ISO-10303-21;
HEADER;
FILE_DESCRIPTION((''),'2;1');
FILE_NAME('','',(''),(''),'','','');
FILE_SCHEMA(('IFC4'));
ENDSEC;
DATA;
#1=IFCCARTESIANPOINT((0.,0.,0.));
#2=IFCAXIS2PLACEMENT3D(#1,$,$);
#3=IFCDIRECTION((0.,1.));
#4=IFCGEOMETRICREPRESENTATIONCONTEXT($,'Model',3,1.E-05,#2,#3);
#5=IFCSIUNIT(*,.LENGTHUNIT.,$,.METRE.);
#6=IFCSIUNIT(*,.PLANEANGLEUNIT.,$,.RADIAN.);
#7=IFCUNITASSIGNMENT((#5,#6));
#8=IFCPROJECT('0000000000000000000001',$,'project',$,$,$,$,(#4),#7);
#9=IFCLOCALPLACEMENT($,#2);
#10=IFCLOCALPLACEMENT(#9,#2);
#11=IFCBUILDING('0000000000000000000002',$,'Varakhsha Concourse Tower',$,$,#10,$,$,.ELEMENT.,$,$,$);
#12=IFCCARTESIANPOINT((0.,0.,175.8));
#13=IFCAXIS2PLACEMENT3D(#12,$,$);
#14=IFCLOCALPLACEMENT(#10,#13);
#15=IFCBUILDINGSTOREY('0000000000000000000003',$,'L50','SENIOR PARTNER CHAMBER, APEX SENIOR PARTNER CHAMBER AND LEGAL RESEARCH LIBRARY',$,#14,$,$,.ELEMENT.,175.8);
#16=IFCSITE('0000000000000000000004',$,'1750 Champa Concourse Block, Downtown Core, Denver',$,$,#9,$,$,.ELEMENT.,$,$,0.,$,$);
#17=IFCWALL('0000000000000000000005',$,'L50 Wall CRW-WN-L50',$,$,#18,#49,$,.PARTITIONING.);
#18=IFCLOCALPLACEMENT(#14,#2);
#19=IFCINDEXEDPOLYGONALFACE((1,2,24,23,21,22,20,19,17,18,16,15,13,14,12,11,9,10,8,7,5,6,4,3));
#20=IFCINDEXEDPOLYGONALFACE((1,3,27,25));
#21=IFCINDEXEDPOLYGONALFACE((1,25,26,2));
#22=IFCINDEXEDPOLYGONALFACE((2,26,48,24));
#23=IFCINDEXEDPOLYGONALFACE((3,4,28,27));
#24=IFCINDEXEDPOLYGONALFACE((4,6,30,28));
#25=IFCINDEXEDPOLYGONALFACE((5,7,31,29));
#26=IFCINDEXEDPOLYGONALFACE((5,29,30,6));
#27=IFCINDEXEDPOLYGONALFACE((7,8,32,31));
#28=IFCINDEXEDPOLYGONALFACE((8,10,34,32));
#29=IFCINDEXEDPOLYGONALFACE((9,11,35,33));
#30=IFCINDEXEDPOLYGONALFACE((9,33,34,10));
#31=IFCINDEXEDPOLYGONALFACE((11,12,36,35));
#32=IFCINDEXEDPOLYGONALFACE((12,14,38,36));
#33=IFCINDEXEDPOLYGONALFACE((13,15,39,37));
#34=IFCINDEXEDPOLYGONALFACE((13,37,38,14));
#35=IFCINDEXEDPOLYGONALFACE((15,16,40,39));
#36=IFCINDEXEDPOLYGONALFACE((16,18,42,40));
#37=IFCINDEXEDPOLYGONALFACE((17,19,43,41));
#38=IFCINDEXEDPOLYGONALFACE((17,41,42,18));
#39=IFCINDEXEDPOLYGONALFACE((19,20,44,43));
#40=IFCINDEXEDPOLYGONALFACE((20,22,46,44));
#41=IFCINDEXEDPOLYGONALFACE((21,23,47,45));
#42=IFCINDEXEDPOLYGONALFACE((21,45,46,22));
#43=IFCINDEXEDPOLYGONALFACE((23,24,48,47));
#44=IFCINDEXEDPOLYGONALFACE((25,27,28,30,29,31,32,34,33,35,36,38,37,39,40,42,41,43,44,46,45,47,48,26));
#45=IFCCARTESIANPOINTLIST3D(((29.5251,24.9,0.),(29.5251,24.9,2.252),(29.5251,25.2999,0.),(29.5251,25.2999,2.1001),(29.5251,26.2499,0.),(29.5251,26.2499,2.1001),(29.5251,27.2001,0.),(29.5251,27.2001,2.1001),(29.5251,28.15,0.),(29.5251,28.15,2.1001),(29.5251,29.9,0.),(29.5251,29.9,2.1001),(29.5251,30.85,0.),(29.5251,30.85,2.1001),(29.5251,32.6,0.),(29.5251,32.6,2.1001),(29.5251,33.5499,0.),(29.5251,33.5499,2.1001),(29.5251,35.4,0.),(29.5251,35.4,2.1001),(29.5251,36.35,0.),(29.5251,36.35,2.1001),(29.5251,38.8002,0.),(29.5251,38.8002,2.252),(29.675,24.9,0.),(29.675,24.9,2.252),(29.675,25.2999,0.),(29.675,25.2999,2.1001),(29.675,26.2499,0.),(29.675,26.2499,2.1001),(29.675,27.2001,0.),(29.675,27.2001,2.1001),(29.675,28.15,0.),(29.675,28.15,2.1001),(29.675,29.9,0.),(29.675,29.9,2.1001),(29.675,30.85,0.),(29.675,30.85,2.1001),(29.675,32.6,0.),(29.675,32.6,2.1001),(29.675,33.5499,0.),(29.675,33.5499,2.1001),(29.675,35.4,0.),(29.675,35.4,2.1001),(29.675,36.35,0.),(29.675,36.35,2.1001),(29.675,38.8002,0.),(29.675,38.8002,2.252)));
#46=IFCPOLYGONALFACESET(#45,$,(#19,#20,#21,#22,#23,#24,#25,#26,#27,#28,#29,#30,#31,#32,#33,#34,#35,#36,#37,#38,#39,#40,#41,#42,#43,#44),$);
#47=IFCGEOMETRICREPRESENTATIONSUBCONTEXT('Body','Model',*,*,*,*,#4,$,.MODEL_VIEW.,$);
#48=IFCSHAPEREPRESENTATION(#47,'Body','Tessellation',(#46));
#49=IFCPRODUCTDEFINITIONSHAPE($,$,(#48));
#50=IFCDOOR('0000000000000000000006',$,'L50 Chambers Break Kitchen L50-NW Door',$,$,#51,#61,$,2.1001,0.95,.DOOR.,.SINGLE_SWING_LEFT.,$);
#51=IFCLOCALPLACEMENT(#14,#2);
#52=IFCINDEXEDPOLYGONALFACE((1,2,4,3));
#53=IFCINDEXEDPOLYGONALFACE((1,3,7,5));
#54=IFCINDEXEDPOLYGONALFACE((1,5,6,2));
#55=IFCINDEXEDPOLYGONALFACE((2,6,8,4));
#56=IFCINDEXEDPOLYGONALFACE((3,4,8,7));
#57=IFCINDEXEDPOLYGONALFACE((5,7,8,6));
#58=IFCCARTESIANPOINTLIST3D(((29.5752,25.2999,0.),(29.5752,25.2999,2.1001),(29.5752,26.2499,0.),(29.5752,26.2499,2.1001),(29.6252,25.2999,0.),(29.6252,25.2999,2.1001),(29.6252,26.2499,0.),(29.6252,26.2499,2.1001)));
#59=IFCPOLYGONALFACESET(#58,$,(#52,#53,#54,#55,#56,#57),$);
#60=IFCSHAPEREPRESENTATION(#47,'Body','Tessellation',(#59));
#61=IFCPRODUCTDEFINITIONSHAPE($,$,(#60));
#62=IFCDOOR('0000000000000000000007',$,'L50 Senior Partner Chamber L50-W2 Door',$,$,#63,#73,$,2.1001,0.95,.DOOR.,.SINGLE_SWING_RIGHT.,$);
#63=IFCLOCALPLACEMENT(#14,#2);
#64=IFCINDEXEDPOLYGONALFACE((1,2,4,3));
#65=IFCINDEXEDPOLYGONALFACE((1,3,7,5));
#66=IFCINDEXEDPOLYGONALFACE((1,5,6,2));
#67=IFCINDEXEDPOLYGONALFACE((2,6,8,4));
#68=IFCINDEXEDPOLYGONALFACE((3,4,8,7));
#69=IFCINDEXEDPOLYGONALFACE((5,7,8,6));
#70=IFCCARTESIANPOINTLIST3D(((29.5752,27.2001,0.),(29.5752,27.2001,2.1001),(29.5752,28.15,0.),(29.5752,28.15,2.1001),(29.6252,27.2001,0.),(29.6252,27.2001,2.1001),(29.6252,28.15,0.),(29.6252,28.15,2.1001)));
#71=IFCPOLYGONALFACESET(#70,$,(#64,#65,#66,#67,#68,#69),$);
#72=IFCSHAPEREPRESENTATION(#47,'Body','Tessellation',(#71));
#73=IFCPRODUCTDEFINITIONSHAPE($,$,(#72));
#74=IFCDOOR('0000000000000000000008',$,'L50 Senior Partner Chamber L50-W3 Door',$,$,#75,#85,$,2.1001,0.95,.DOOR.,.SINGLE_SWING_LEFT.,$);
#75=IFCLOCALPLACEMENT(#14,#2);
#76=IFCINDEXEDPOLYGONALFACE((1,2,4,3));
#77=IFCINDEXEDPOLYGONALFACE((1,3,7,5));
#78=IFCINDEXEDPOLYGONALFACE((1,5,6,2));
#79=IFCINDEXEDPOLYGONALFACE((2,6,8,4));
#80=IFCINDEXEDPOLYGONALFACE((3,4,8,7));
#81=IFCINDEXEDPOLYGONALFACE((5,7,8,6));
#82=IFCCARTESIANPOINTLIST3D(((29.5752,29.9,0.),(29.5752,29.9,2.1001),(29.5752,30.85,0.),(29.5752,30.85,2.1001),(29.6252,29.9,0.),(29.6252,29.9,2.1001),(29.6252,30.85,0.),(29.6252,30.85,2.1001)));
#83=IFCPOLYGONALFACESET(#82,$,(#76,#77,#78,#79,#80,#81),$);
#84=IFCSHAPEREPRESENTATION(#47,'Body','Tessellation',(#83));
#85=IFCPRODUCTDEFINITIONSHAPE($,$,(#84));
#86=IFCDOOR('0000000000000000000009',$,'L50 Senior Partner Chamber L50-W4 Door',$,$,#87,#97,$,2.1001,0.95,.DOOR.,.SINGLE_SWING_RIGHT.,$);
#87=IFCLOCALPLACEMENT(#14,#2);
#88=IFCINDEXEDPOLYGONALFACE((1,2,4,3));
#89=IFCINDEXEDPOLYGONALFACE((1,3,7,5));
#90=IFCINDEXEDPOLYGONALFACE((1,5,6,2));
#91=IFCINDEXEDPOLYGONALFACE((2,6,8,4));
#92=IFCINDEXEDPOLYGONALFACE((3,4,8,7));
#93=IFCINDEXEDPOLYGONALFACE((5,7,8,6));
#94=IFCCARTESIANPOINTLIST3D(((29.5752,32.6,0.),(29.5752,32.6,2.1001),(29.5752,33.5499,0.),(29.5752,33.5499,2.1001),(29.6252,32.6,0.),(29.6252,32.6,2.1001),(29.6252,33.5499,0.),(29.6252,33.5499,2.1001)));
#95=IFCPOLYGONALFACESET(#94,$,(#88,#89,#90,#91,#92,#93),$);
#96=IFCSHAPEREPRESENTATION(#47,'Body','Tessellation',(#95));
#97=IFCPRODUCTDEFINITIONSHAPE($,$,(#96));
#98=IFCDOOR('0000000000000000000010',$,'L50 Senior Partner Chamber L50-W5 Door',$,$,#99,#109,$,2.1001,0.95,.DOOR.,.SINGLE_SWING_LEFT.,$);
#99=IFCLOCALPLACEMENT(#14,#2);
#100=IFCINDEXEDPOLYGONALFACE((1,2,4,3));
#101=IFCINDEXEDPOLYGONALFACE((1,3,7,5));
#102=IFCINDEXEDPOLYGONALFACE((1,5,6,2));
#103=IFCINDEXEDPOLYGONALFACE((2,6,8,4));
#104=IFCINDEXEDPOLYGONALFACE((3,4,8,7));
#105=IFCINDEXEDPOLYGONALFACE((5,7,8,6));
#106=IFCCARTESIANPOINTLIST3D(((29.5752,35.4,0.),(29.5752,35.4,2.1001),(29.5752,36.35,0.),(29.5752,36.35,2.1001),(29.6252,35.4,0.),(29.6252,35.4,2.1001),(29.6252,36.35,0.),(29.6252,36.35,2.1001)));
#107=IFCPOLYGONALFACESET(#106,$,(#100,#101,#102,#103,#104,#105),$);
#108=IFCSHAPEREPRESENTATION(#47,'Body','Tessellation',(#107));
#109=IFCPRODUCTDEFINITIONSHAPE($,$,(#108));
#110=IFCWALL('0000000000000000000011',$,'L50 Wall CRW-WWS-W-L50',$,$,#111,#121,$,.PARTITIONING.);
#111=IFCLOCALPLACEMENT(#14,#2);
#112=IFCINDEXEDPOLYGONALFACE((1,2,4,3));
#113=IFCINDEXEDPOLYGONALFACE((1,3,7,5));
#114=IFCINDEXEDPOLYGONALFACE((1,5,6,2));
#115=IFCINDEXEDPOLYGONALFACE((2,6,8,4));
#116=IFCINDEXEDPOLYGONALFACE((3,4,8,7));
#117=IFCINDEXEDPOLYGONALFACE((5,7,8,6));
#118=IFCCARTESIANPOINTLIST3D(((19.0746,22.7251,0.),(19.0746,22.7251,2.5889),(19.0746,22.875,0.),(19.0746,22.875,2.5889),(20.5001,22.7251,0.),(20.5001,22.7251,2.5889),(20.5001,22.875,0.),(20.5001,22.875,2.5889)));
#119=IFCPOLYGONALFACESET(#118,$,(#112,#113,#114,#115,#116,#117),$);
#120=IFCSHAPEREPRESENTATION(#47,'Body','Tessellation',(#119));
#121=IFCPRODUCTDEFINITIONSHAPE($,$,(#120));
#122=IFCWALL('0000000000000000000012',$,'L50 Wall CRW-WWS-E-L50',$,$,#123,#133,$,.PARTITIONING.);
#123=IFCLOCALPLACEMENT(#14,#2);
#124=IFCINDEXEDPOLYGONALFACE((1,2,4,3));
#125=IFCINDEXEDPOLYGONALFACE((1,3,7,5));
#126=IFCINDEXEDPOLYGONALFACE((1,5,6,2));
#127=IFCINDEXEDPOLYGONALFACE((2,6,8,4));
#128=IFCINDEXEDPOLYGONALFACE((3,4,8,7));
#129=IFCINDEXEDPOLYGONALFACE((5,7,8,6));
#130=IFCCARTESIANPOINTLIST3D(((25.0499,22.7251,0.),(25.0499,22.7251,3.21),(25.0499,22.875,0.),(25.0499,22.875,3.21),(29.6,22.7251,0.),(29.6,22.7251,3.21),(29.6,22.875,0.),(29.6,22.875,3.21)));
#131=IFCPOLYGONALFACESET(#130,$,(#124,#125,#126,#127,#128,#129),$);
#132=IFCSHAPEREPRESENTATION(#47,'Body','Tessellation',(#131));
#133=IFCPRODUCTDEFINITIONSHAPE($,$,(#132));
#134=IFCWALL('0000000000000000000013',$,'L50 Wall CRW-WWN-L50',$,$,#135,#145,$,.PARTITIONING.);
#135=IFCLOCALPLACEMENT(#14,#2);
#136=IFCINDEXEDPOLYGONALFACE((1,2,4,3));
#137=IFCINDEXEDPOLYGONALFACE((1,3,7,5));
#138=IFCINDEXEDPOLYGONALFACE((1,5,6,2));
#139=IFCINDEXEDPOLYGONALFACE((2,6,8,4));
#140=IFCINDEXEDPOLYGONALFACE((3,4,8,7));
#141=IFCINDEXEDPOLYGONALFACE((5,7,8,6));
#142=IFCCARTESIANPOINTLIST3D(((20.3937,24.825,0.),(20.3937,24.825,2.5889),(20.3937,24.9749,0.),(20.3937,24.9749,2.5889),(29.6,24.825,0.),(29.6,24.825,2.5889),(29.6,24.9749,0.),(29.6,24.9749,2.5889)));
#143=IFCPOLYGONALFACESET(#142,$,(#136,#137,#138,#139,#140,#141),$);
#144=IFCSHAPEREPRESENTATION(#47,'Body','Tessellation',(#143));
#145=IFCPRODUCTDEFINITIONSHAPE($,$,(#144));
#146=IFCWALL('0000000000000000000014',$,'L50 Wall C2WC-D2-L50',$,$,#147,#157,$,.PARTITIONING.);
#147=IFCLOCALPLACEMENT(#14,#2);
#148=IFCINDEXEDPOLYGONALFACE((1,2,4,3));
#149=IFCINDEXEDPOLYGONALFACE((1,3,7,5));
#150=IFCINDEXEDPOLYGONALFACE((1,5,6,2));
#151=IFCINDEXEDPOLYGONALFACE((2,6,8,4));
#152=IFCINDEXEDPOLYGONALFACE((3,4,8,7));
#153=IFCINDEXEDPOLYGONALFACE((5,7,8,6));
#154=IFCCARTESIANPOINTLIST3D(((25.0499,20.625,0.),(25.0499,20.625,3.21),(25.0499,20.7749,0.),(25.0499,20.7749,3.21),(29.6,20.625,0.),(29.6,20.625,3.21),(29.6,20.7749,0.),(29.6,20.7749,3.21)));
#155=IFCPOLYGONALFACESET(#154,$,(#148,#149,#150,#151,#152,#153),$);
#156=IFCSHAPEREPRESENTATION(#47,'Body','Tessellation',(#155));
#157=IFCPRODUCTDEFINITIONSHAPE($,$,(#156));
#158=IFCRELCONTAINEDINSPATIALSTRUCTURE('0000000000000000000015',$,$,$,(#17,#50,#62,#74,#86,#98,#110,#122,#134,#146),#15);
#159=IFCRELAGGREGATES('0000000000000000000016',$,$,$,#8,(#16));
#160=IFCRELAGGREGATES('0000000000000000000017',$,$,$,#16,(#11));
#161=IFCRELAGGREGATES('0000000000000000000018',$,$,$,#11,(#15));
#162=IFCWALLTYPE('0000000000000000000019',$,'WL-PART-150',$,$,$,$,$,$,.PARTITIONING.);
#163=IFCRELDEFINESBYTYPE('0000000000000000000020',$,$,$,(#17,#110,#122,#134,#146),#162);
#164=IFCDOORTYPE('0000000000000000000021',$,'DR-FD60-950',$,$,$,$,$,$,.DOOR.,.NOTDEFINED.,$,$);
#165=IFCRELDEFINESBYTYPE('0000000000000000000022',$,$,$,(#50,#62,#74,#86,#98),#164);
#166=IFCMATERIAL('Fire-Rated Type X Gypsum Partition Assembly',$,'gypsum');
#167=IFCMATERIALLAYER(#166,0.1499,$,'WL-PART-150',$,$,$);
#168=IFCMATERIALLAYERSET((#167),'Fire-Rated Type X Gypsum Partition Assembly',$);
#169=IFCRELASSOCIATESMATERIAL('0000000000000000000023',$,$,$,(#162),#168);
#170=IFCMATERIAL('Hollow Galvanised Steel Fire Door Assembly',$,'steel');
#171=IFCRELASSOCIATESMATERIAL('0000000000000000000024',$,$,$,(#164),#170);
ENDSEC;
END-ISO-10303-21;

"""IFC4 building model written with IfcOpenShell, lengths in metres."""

from ifc_helpers import new_model, si_unit, direction, frame, frame_2d, origin, place, context, subcontext, project, spatial, rectangle, extrude, material, layer, layer_set, type_object, element, fill, save


model = new_model("IFC4")

# Units and contexts
model_context = context("Model", 3, precision=1e-05, world=origin(), true_north=direction((0.0, 1.0)))
body_context = subcontext(model_context, "Body", "Model", "MODEL_VIEW")
ifc_project = project(units=[si_unit("LENGTHUNIT", "METRE"), si_unit("PLANEANGLEUNIT", "RADIAN")], contexts=[model_context])

# Site, building, storey
site_placement = place(None, origin())
site = spatial("IfcSite", under=ifc_project, at=site_placement, Name="1750 Champa Concourse Block, Downtown Core, Denver", CompositionType="ELEMENT", RefElevation=0.0)
building_placement = place(site_placement, origin())
building = spatial("IfcBuilding", under=site, at=building_placement, Name="Varakhsha Concourse Tower", CompositionType="ELEMENT")
storey_placement = place(building_placement, frame((0.0, 0.0, 175.8)))
storey = spatial("IfcBuildingStorey", under=building, at=storey_placement, Name="L50", Description="SENIOR PARTNER CHAMBER, APEX SENIOR PARTNER CHAMBER AND LEGAL RESEARCH LIBRARY", CompositionType="ELEMENT", Elevation=175.8)

# Wall, openings, doors
ifc_material_1 = material(Name="Fire-Rated Type X Gypsum Partition Assembly", Category="gypsum")
ifc_layer_1 = layer(ifc_material_1, 0.1499, Name="WL-PART-150")
ifc_layer_set_1 = layer_set([ifc_layer_1], Name="Fire-Rated Type X Gypsum Partition Assembly")
wall_type_1 = type_object("IfcWallType", Name="WL-PART-150", PredefinedType="PARTITIONING", material=ifc_layer_set_1)
wall_1_placement = place(storey_placement, frame((29.6001, 24.8999, 0.0), z_axis=(0.0, 0.0, 1.0), x_axis=(0.0, 1.0, 0.0)))
wall_1 = element("IfcWall", 1, at=wall_1_placement, inside=storey, type_object=wall_type_1, Name="L50 Wall CRW-WN-L50", PredefinedType="PARTITIONING", context=body_context, shape_type="SweptSolid", body=[
    extrude(rectangle(XDim=13.9001, YDim=0.1499, at=frame_2d((6.9502, 0.0))), origin(), (0.0, 0.0, 1.0), 2.252),
])
opening_1_placement = place(wall_1_placement, frame((0.3999, 0.0, 0.0)))
opening_1 = element("IfcOpeningElement", 2, at=opening_1_placement, cuts=wall_1, PredefinedType="OPENING", context=body_context, shape_type="SweptSolid", body=[
    extrude(rectangle(XDim=0.95, YDim=2.1001, at=frame_2d((0.4751, 1.05))), frame((0.0, 0.085, 0.0), z_axis=(0.0, -1.0, 0.0), x_axis=(1.0, 0.0, 0.0)), (0.0, 0.0, 1.0), 0.1699),
])
opening_2_placement = place(wall_1_placement, frame((2.3, 0.0, 0.0)))
opening_2 = element("IfcOpeningElement", 3, at=opening_2_placement, cuts=wall_1, PredefinedType="OPENING", context=body_context, shape_type="SweptSolid", body=[
    extrude(rectangle(XDim=0.95, YDim=2.1001, at=frame_2d((0.4751, 1.05))), frame((0.0, 0.085, 0.0), z_axis=(0.0, -1.0, 0.0), x_axis=(1.0, 0.0, 0.0)), (0.0, 0.0, 1.0), 0.1699),
])
opening_3_placement = place(wall_1_placement, frame((5.0, 0.0, 0.0)))
opening_3 = element("IfcOpeningElement", 4, at=opening_3_placement, cuts=wall_1, PredefinedType="OPENING", context=body_context, shape_type="SweptSolid", body=[
    extrude(rectangle(XDim=0.95, YDim=2.1001, at=frame_2d((0.4751, 1.05))), frame((0.0, 0.085, 0.0), z_axis=(0.0, -1.0, 0.0), x_axis=(1.0, 0.0, 0.0)), (0.0, 0.0, 1.0), 0.1699),
])
opening_4_placement = place(wall_1_placement, frame((7.7, 0.0, 0.0)))
opening_4 = element("IfcOpeningElement", 5, at=opening_4_placement, cuts=wall_1, PredefinedType="OPENING", context=body_context, shape_type="SweptSolid", body=[
    extrude(rectangle(XDim=0.95, YDim=2.1001, at=frame_2d((0.4751, 1.05))), frame((0.0, 0.085, 0.0), z_axis=(0.0, -1.0, 0.0), x_axis=(1.0, 0.0, 0.0)), (0.0, 0.0, 1.0), 0.1699),
])
opening_5_placement = place(wall_1_placement, frame((10.5, 0.0, 0.0)))
opening_5 = element("IfcOpeningElement", 6, at=opening_5_placement, cuts=wall_1, PredefinedType="OPENING", context=body_context, shape_type="SweptSolid", body=[
    extrude(rectangle(XDim=0.95, YDim=2.1001, at=frame_2d((0.4751, 1.05))), frame((0.0, 0.085, 0.0), z_axis=(0.0, -1.0, 0.0), x_axis=(1.0, 0.0, 0.0)), (0.0, 0.0, 1.0), 0.1699),
])
ifc_material_2 = material(Name="Hollow Galvanised Steel Fire Door Assembly", Category="steel")
door_type = type_object("IfcDoorType", Name="DR-FD60-950", OperationType="NOTDEFINED", PredefinedType="DOOR", material=ifc_material_2)
door_1_placement = place(opening_1_placement, origin())
door_1 = element("IfcDoor", 7, at=door_1_placement, inside=storey, type_object=door_type, Name="L50 Chambers Break Kitchen L50-NW Door", OperationType="SINGLE_SWING_LEFT", OverallHeight=2.1001, OverallWidth=0.95, PredefinedType="DOOR", context=body_context, shape_type="SweptSolid", body=[
    extrude(rectangle(XDim=0.95, YDim=2.1001, at=frame_2d((0.4751, 1.05))), frame((0.0, 0.0249, 0.0), z_axis=(0.0, -1.0, 0.0), x_axis=(1.0, 0.0, 0.0)), (0.0, 0.0, 1.0), 0.05),
])
fill(opening_1, door_1)
door_2_placement = place(opening_2_placement, origin())
door_2 = element("IfcDoor", 8, at=door_2_placement, inside=storey, type_object=door_type, Name="L50 Senior Partner Chamber L50-W2 Door", OperationType="SINGLE_SWING_RIGHT", OverallHeight=2.1001, OverallWidth=0.95, PredefinedType="DOOR", context=body_context, shape_type="SweptSolid", body=[
    extrude(rectangle(XDim=0.95, YDim=2.1001, at=frame_2d((0.4751, 1.05))), frame((0.0, 0.0249, 0.0), z_axis=(0.0, -1.0, 0.0), x_axis=(1.0, 0.0, 0.0)), (0.0, 0.0, 1.0), 0.05),
])
fill(opening_2, door_2)
door_3_placement = place(opening_3_placement, origin())
door_3 = element("IfcDoor", 9, at=door_3_placement, inside=storey, type_object=door_type, Name="L50 Senior Partner Chamber L50-W3 Door", OperationType="SINGLE_SWING_LEFT", OverallHeight=2.1001, OverallWidth=0.95, PredefinedType="DOOR", context=body_context, shape_type="SweptSolid", body=[
    extrude(rectangle(XDim=0.95, YDim=2.1001, at=frame_2d((0.4751, 1.05))), frame((0.0, 0.0249, 0.0), z_axis=(0.0, -1.0, 0.0), x_axis=(1.0, 0.0, 0.0)), (0.0, 0.0, 1.0), 0.05),
])
fill(opening_3, door_3)
door_4_placement = place(opening_4_placement, origin())
door_4 = element("IfcDoor", 10, at=door_4_placement, inside=storey, type_object=door_type, Name="L50 Senior Partner Chamber L50-W4 Door", OperationType="SINGLE_SWING_RIGHT", OverallHeight=2.1001, OverallWidth=0.95, PredefinedType="DOOR", context=body_context, shape_type="SweptSolid", body=[
    extrude(rectangle(XDim=0.95, YDim=2.1001, at=frame_2d((0.4751, 1.05))), frame((0.0, 0.0249, 0.0), z_axis=(0.0, -1.0, 0.0), x_axis=(1.0, 0.0, 0.0)), (0.0, 0.0, 1.0), 0.05),
])
fill(opening_4, door_4)
door_5_placement = place(opening_5_placement, origin())
door_5 = element("IfcDoor", 11, at=door_5_placement, inside=storey, type_object=door_type, Name="L50 Senior Partner Chamber L50-W5 Door", OperationType="SINGLE_SWING_LEFT", OverallHeight=2.1001, OverallWidth=0.95, PredefinedType="DOOR", context=body_context, shape_type="SweptSolid", body=[
    extrude(rectangle(XDim=0.95, YDim=2.1001, at=frame_2d((0.4751, 1.05))), frame((0.0, 0.0249, 0.0), z_axis=(0.0, -1.0, 0.0), x_axis=(1.0, 0.0, 0.0)), (0.0, 0.0, 1.0), 0.05),
])
fill(opening_5, door_5)

# Walls
wall_2_placement = place(storey_placement, frame((19.0745, 22.8, 0.0), z_axis=(0.0, 0.0, 1.0), x_axis=(1.0, 0.0, 0.0)))
element("IfcWall", 12, at=wall_2_placement, inside=storey, type_object=wall_type_1, Name="L50 Wall CRW-WWS-W-L50", PredefinedType="PARTITIONING", context=body_context, shape_type="SweptSolid", body=[
    extrude(rectangle(XDim=1.4255, YDim=0.1499, at=frame_2d((0.7129, 0.0))), origin(), (0.0, 0.0, 1.0), 2.5889),
])
wall_3_placement = place(storey_placement, frame((25.05, 22.8, 0.0), z_axis=(0.0, 0.0, 1.0), x_axis=(1.0, 0.0, 0.0)))
element("IfcWall", 13, at=wall_3_placement, inside=storey, type_object=wall_type_1, Name="L50 Wall CRW-WWS-E-L50", PredefinedType="PARTITIONING", context=body_context, shape_type="SweptSolid", body=[
    extrude(rectangle(XDim=4.55, YDim=0.1499, at=frame_2d((2.2749, 0.0))), origin(), (0.0, 0.0, 1.0), 3.21),
])
wall_4_placement = place(storey_placement, frame((20.3938, 24.8999, 0.0), z_axis=(0.0, 0.0, 1.0), x_axis=(1.0, 0.0, 0.0)))
element("IfcWall", 14, at=wall_4_placement, inside=storey, type_object=wall_type_1, Name="L50 Wall CRW-WWN-L50", PredefinedType="PARTITIONING", context=body_context, shape_type="SweptSolid", body=[
    extrude(rectangle(XDim=9.2063, YDim=0.1499, at=frame_2d((4.603, 0.0))), origin(), (0.0, 0.0, 1.0), 2.5889),
])
wall_5_placement = place(storey_placement, frame((25.05, 20.7, 0.0), z_axis=(0.0, 0.0, 1.0), x_axis=(1.0, 0.0, 0.0)))
element("IfcWall", 15, at=wall_5_placement, inside=storey, type_object=wall_type_1, Name="L50 Wall C2WC-D2-L50", PredefinedType="PARTITIONING", context=body_context, shape_type="SweptSolid", body=[
    extrude(rectangle(XDim=4.55, YDim=0.1499, at=frame_2d((2.2749, 0.0))), origin(), (0.0, 0.0, 1.0), 3.21),
])

save(model, "model.ifc")
